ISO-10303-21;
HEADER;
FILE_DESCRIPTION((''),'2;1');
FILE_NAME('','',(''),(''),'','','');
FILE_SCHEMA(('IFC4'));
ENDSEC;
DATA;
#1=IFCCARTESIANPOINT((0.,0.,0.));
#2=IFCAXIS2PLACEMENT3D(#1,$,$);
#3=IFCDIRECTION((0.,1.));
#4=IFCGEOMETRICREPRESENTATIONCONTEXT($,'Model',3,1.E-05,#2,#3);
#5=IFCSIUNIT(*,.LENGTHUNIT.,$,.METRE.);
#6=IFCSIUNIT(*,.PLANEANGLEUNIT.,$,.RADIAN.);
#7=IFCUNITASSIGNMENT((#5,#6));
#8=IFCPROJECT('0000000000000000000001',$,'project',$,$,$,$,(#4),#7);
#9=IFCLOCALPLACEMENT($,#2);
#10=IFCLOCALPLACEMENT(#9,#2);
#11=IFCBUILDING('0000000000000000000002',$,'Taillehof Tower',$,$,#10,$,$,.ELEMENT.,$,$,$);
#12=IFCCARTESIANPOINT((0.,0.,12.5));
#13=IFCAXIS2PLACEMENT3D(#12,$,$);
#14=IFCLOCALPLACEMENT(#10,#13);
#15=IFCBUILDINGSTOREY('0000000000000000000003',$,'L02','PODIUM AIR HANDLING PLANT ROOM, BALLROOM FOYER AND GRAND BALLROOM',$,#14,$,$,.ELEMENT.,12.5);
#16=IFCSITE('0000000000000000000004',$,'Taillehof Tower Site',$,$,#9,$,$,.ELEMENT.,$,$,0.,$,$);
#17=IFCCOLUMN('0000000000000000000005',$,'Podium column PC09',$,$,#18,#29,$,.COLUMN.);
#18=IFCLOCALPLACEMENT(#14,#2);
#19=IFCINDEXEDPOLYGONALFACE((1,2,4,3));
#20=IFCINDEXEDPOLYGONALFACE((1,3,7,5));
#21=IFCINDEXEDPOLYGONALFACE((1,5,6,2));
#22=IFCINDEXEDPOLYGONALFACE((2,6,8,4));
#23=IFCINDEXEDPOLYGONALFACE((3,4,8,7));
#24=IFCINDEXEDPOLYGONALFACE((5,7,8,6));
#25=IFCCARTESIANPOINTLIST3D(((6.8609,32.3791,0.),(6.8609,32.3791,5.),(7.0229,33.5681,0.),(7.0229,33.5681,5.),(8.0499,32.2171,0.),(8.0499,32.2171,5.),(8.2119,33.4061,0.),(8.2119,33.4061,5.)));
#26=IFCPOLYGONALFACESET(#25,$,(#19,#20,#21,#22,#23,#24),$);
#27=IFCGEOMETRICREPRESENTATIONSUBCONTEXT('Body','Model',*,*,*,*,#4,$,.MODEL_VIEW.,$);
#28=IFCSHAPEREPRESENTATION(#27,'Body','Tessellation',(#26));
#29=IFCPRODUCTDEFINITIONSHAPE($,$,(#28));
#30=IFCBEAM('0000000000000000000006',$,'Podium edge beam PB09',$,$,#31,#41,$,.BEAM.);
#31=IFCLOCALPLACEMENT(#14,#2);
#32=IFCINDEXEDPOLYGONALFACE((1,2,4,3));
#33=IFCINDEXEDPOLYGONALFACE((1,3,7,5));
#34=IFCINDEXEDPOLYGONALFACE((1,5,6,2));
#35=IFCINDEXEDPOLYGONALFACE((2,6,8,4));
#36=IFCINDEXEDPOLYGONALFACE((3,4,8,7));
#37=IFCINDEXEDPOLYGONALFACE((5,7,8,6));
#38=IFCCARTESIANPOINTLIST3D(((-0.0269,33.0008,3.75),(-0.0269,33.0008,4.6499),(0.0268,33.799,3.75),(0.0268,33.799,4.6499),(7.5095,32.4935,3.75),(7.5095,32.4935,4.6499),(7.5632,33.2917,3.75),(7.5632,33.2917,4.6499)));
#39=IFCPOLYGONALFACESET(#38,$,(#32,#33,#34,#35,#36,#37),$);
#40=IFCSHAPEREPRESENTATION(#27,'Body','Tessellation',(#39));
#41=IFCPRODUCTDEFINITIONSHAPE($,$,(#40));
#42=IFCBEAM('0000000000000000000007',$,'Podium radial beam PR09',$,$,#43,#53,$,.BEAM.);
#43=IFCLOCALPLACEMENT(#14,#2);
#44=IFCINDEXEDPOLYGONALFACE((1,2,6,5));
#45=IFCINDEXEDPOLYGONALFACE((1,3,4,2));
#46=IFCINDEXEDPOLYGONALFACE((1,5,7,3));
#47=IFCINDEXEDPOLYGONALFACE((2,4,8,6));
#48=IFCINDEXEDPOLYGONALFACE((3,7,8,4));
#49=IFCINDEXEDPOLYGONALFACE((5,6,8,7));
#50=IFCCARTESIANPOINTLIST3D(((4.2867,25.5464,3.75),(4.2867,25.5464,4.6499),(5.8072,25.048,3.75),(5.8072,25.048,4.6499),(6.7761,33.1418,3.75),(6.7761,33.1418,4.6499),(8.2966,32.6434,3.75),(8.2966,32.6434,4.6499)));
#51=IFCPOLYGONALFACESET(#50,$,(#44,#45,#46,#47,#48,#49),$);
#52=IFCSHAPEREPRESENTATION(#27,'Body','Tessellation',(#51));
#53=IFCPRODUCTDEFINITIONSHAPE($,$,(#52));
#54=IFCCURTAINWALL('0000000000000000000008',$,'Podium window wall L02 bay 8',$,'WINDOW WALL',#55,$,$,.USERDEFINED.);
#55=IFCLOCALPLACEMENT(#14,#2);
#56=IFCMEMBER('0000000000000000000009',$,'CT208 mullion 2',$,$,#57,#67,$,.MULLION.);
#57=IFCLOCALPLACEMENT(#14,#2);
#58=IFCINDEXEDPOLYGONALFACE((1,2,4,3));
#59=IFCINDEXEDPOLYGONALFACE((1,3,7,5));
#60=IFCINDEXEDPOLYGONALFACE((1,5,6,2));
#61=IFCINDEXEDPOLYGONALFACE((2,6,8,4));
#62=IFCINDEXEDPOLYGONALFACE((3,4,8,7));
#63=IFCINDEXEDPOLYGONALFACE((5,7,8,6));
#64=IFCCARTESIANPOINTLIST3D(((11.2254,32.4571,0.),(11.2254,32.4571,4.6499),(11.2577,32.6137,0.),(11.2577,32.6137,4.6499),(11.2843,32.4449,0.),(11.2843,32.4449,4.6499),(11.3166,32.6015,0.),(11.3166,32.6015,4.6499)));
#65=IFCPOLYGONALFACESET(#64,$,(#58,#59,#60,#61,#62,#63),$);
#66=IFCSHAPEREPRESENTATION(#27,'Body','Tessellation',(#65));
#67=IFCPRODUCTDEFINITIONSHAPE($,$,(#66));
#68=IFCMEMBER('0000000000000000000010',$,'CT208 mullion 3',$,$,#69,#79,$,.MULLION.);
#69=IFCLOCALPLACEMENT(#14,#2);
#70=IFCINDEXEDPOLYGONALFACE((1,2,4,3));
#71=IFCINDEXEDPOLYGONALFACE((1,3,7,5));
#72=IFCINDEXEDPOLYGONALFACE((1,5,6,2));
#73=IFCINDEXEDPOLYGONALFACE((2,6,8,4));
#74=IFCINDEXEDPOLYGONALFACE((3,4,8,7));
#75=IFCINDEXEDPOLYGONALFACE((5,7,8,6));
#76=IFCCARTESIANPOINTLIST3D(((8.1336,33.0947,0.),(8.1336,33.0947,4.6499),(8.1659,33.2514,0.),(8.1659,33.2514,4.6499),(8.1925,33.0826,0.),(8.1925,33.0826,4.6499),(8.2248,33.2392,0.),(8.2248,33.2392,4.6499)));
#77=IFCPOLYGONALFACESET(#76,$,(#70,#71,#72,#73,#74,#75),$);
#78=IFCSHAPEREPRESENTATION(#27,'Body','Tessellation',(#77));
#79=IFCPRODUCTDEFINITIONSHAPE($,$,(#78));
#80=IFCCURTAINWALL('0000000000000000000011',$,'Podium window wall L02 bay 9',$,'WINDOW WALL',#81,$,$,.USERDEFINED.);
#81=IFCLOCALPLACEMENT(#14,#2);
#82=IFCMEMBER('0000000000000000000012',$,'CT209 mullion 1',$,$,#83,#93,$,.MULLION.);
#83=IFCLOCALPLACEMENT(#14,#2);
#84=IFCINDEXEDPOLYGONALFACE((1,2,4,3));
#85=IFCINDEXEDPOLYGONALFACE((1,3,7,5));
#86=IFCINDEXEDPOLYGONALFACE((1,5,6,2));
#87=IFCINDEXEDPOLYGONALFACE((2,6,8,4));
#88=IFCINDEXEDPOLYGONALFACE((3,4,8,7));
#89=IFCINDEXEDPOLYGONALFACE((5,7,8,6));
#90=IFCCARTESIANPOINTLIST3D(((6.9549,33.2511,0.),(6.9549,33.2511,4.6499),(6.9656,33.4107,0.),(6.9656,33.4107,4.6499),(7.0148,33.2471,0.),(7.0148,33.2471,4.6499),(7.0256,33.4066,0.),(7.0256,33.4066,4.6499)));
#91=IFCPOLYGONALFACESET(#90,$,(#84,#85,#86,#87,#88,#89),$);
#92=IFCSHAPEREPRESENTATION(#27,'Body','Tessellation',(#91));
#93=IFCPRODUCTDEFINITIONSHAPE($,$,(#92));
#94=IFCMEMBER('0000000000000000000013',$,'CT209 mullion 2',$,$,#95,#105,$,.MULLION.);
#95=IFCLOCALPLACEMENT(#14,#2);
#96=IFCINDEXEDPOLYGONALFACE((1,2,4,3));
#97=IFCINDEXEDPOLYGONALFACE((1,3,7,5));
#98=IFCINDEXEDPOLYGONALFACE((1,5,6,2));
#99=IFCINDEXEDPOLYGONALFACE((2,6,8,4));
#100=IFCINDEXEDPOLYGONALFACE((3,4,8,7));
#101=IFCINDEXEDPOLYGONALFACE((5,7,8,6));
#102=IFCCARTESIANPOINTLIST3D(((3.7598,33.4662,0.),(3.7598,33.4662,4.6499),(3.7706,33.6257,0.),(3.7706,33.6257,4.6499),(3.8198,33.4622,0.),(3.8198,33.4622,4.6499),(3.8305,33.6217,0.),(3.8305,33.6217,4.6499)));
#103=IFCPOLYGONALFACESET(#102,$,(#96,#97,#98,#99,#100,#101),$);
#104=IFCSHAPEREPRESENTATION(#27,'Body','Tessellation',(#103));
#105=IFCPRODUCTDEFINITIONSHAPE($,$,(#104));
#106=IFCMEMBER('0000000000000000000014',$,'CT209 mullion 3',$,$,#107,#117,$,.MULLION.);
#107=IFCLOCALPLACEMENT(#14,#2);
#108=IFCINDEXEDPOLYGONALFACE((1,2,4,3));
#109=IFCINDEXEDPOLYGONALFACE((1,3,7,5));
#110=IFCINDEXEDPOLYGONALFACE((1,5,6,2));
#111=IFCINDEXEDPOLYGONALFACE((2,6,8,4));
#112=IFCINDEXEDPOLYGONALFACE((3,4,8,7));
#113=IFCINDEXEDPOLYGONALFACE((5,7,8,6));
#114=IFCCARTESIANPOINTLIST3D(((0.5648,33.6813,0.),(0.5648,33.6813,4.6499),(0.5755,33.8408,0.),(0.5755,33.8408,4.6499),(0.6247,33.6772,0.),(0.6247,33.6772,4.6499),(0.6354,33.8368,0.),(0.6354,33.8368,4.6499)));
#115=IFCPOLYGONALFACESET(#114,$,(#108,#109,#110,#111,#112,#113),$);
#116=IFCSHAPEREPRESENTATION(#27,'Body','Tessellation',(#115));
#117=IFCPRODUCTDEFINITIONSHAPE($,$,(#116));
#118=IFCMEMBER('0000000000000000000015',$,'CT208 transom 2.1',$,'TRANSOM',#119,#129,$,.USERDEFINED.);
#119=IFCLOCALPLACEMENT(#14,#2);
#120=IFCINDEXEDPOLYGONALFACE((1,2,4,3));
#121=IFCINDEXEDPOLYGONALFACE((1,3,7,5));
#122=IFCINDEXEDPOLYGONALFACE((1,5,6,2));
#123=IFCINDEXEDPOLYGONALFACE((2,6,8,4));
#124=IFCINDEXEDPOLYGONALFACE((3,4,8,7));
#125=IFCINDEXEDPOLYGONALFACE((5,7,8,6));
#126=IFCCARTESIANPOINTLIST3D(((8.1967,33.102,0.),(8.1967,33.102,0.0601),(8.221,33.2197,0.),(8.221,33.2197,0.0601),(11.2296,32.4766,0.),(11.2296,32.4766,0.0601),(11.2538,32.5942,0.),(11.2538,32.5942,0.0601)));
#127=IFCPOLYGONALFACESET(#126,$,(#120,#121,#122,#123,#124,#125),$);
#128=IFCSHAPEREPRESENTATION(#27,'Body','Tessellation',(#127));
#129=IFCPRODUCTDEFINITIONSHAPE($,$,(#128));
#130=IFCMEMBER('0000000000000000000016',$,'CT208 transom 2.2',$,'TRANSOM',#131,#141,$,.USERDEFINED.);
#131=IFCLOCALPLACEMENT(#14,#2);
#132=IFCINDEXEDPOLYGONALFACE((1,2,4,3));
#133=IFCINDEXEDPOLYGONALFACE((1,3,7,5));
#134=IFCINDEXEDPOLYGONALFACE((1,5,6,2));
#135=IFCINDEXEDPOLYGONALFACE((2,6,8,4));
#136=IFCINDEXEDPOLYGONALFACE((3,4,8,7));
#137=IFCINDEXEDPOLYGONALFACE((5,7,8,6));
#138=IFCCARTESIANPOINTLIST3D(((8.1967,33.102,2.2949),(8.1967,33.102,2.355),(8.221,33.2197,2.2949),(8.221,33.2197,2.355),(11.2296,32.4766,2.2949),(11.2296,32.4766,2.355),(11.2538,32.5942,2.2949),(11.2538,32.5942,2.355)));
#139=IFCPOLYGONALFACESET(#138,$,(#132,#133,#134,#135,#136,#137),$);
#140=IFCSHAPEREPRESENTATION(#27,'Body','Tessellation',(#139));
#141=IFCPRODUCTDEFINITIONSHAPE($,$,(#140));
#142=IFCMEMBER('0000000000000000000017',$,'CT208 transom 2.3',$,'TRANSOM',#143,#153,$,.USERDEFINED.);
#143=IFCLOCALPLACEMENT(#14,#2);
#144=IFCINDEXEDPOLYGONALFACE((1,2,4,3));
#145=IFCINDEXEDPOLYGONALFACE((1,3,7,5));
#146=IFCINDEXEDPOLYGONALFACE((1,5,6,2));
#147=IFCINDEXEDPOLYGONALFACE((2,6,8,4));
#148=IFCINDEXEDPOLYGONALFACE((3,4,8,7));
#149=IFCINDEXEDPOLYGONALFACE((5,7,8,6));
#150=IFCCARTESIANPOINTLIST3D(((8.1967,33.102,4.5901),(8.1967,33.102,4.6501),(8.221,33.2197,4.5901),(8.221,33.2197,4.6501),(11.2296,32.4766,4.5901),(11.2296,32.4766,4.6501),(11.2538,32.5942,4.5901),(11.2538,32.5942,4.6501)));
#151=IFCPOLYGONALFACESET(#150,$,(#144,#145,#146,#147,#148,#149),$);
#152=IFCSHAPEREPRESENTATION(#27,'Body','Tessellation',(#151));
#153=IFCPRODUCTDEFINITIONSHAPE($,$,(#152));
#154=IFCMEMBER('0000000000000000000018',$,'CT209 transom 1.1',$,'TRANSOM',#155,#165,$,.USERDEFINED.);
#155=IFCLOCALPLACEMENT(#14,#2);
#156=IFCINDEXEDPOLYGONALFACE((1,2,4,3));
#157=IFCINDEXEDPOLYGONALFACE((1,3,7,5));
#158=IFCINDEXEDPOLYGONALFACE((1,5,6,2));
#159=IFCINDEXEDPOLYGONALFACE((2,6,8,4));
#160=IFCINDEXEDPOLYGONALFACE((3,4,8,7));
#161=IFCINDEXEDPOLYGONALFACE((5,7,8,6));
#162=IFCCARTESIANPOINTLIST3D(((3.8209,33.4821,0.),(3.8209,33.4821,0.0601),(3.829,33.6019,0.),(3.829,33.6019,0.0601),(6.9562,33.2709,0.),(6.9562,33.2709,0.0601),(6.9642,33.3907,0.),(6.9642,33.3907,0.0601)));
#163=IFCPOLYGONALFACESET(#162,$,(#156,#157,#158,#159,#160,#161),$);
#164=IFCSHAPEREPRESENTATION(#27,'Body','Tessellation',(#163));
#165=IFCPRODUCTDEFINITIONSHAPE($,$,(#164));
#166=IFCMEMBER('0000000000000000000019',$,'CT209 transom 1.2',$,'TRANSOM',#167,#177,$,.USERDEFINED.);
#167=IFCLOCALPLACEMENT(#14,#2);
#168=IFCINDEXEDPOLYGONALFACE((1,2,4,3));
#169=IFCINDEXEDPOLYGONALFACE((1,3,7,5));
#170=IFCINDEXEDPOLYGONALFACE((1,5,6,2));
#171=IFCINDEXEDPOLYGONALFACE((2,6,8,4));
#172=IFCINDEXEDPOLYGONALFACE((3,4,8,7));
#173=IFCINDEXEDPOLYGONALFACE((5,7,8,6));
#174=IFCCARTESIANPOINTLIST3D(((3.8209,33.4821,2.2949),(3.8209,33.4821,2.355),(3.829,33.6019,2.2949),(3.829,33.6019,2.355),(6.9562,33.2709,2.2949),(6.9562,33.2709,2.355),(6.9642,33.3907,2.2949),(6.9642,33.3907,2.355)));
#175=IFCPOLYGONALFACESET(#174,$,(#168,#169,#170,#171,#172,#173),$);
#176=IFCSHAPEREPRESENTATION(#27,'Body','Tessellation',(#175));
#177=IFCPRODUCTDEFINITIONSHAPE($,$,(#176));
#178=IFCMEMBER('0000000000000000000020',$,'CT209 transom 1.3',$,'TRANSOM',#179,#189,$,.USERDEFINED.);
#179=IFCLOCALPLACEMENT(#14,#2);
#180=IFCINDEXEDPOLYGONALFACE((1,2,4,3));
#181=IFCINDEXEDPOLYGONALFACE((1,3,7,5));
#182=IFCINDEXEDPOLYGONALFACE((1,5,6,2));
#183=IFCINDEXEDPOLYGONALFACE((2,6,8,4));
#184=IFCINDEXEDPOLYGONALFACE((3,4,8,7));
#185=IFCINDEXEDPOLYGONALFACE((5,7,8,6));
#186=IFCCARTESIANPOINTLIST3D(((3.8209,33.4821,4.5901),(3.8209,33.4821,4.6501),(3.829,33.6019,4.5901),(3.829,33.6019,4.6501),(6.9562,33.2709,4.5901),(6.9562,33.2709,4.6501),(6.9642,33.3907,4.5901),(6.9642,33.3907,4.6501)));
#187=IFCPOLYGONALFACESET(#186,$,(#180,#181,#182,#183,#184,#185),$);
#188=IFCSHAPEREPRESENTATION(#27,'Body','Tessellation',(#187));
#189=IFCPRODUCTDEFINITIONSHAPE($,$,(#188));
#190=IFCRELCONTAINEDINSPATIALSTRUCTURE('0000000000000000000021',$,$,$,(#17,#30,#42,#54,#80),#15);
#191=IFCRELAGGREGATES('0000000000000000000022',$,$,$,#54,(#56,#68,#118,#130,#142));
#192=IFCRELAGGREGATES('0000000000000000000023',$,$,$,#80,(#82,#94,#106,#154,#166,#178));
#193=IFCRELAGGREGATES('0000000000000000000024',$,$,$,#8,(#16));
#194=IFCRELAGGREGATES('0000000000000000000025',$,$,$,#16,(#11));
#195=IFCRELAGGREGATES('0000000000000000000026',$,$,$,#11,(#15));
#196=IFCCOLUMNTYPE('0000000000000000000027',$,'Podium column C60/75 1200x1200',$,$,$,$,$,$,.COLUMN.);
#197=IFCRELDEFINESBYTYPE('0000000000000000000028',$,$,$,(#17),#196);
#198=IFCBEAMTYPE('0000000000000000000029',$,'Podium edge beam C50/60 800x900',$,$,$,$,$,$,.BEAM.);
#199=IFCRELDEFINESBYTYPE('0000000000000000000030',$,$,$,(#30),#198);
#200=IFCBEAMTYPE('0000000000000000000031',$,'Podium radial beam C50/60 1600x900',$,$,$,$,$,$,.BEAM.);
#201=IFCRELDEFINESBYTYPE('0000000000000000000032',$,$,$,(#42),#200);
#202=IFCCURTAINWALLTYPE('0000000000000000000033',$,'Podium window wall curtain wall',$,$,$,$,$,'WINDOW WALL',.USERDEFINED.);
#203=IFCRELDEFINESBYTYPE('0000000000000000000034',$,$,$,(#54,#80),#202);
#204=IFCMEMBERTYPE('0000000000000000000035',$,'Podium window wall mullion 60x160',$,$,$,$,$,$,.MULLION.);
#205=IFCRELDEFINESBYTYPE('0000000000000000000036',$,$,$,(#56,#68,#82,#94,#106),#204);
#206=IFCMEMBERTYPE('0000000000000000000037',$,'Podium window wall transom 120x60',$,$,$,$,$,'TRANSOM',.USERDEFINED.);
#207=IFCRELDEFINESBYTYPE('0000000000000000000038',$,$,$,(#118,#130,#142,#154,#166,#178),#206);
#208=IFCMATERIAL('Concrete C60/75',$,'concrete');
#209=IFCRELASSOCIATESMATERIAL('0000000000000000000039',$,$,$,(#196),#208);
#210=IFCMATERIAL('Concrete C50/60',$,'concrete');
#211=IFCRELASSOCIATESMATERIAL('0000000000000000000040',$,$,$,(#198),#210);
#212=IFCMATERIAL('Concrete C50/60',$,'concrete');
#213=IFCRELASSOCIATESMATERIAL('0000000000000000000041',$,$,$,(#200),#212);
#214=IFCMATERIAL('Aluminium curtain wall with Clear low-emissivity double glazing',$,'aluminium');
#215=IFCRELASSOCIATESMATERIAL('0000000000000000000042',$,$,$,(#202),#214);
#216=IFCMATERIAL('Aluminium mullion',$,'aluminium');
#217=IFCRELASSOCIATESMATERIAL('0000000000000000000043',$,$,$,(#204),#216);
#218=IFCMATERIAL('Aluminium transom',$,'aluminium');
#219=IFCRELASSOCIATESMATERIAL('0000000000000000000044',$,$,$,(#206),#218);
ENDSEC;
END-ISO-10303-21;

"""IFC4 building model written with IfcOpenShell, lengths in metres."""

from ifc_helpers import new_model, si_unit, direction, frame, origin, origin_2d, place, context, subcontext, project, spatial, rectangle, extrude, material, material_profile, profile_set, type_object, element, aggregate, save


model = new_model("IFC4")

# Units and contexts
model_context = context("Model", 3, precision=1e-05, world=origin(), true_north=direction((0.0, 1.0)))
body_context = subcontext(model_context, "Body", "Model", "MODEL_VIEW")
ifc_project = project(units=[si_unit("LENGTHUNIT", "METRE"), si_unit("PLANEANGLEUNIT", "RADIAN")], contexts=[model_context])

# Site, building, storey
site_placement = place(None, origin())
site = spatial("IfcSite", under=ifc_project, at=site_placement, Name="Taillehof Tower Site", CompositionType="ELEMENT", RefElevation=0.0)
building_placement = place(site_placement, origin())
building = spatial("IfcBuilding", under=site, at=building_placement, Name="Taillehof Tower", CompositionType="ELEMENT")
storey_placement = place(building_placement, frame((0.0, 0.0, 12.5)))
storey = spatial("IfcBuildingStorey", under=building, at=storey_placement, Name="L02", Description="PODIUM AIR HANDLING PLANT ROOM, BALLROOM FOYER AND GRAND BALLROOM", CompositionType="ELEMENT", Elevation=12.5)

# Column
ifc_material_1 = material(Name="Concrete C60/75", Category="concrete")
ifc_material_profile_1 = material_profile(ifc_material_1, rectangle(XDim=1.2, YDim=1.2, at=origin_2d()), Name="RC 1200x1200")
ifc_profile_set_1 = profile_set([ifc_material_profile_1], Name="Concrete C60/75")
column_type = type_object("IfcColumnType", Name="Podium column C60/75 1200x1200", PredefinedType="COLUMN", material=ifc_profile_set_1)
column_placement = place(storey_placement, frame((7.5364, 32.8926, 0.0), z_axis=(0.0, 0.0, 1.0), x_axis=(0.135005, 0.990845, 0.0)))
element("IfcColumn", 1, at=column_placement, inside=storey, type_object=column_type, Name="Podium column PC09", PredefinedType="COLUMN", context=body_context, shape_type="SweptSolid", body=[
    extrude(rectangle(XDim=1.2, YDim=1.2, at=origin_2d()), origin(), (0.0, 0.0, 1.0), 5.0),
])

# Beams
ifc_material_2 = material(Name="Concrete C50/60", Category="concrete")
ifc_material_profile_2 = material_profile(ifc_material_2, rectangle(XDim=0.8, YDim=0.8999, at=origin_2d()), Name="RC 800x900")
ifc_profile_set_2 = profile_set([ifc_material_profile_2], Name="Concrete C50/60")
beam_type_1 = type_object("IfcBeamType", Name="Podium edge beam C50/60 800x900", PredefinedType="BEAM", material=ifc_profile_set_2)
beam_1_placement = place(storey_placement, frame((7.5364, 32.8926, 4.2), z_axis=(-0.997742, 0.067165, 0.0), x_axis=(-0.067165, -0.997742, 0.0)))
element("IfcBeam", 2, at=beam_1_placement, inside=storey, type_object=beam_type_1, Name="Podium edge beam PB09", PredefinedType="BEAM", context=body_context, shape_type="SweptSolid", body=[
    extrude(rectangle(XDim=0.8, YDim=0.8999, at=origin_2d()), origin(), (0.0, 0.0, 1.0), 7.5535),
])
ifc_material_3 = material(Name="Concrete C50/60", Category="concrete")
ifc_material_profile_3 = material_profile(ifc_material_3, rectangle(XDim=1.6001, YDim=0.8999, at=origin_2d()), Name="RC 1600x900")
ifc_profile_set_3 = profile_set([ifc_material_profile_3], Name="Concrete C50/60")
beam_type_2 = type_object("IfcBeamType", Name="Podium radial beam C50/60 1600x900", PredefinedType="BEAM", material=ifc_profile_set_3)
beam_2_placement = place(storey_placement, frame((7.5364, 32.8926, 4.2), z_axis=(-0.311459, -0.95026, 0.0), x_axis=(0.95026, -0.311459, 0.0)))
element("IfcBeam", 3, at=beam_2_placement, inside=storey, type_object=beam_type_2, Name="Podium radial beam PR09", PredefinedType="BEAM", context=body_context, shape_type="SweptSolid", body=[
    extrude(rectangle(XDim=1.6001, YDim=0.8999, at=origin_2d()), origin(), (0.0, 0.0, 1.0), 7.9929),
])

# Curtain walls, members
ifc_material_4 = material(Name="Aluminium curtain wall with Clear low-emissivity double glazing", Category="aluminium")
curtain_wall_type = type_object("IfcCurtainWallType", Name="Podium window wall curtain wall", ElementType="WINDOW WALL", PredefinedType="USERDEFINED", material=ifc_material_4)
curtain_wall_1_placement = place(storey_placement, origin())
curtain_wall_1 = element("IfcCurtainWall", 4, at=curtain_wall_1_placement, inside=storey, type_object=curtain_wall_type, Name="Podium window wall L02 bay 8", ObjectType="WINDOW WALL", PredefinedType="USERDEFINED")
ifc_material_5 = material(Name="Aluminium mullion", Category="aluminium")
ifc_material_profile_4 = material_profile(ifc_material_5, rectangle(XDim=0.1599, YDim=0.0601, at=origin_2d()), Name="AL 60x160")
ifc_profile_set_4 = profile_set([ifc_material_profile_4], Name="Aluminium mullion")
member_type_1 = type_object("IfcMemberType", Name="Podium window wall mullion 60x160", PredefinedType="MULLION", material=ifc_profile_set_4)
member_1_placement = place(storey_placement, frame((11.271, 32.5293, 0.0), z_axis=(0.0, 0.0, 1.0), x_axis=(-0.201976, -0.97939, 0.0)))
member_1 = element("IfcMember", 5, at=member_1_placement, type_object=member_type_1, Name="CT208 mullion 2", PredefinedType="MULLION", context=body_context, shape_type="SweptSolid", body=[
    extrude(rectangle(XDim=0.1599, YDim=0.0601, at=origin_2d()), origin(), (0.0, 0.0, 1.0), 4.6499),
])
member_2_placement = place(storey_placement, frame((8.1792, 33.167, 0.0), z_axis=(0.0, 0.0, 1.0), x_axis=(-0.201976, -0.97939, 0.0)))
member_2 = element("IfcMember", 6, at=member_2_placement, type_object=member_type_1, Name="CT208 mullion 3", PredefinedType="MULLION", context=body_context, shape_type="SweptSolid", body=[
    extrude(rectangle(XDim=0.1599, YDim=0.0601, at=origin_2d()), origin(), (0.0, 0.0, 1.0), 4.6499),
])
curtain_wall_2_placement = place(storey_placement, origin())
curtain_wall_2 = element("IfcCurtainWall", 7, at=curtain_wall_2_placement, inside=storey, type_object=curtain_wall_type, Name="Podium window wall L02 bay 9", ObjectType="WINDOW WALL", PredefinedType="USERDEFINED")
member_3_placement = place(storey_placement, frame((6.9902, 33.3289, 0.0), z_axis=(0.0, 0.0, 1.0), x_axis=(-0.067183, -0.997741, 0.0)))
member_3 = element("IfcMember", 8, at=member_3_placement, type_object=member_type_1, Name="CT209 mullion 1", PredefinedType="MULLION", context=body_context, shape_type="SweptSolid", body=[
    extrude(rectangle(XDim=0.1599, YDim=0.0601, at=origin_2d()), origin(), (0.0, 0.0, 1.0), 4.6499),
])
member_4_placement = place(storey_placement, frame((3.7952, 33.5439, 0.0), z_axis=(0.0, 0.0, 1.0), x_axis=(-0.067183, -0.997741, 0.0)))
member_4 = element("IfcMember", 9, at=member_4_placement, type_object=member_type_1, Name="CT209 mullion 2", PredefinedType="MULLION", context=body_context, shape_type="SweptSolid", body=[
    extrude(rectangle(XDim=0.1599, YDim=0.0601, at=origin_2d()), origin(), (0.0, 0.0, 1.0), 4.6499),
])
member_5_placement = place(storey_placement, frame((0.6001, 33.759, 0.0), z_axis=(0.0, 0.0, 1.0), x_axis=(-0.067183, -0.997741, 0.0)))
member_5 = element("IfcMember", 10, at=member_5_placement, type_object=member_type_1, Name="CT209 mullion 3", PredefinedType="MULLION", context=body_context, shape_type="SweptSolid", body=[
    extrude(rectangle(XDim=0.1599, YDim=0.0601, at=origin_2d()), origin(), (0.0, 0.0, 1.0), 4.6499),
])

# Members
ifc_material_6 = material(Name="Aluminium transom", Category="aluminium")
ifc_material_profile_5 = material_profile(ifc_material_6, rectangle(XDim=0.1201, YDim=0.0601, at=origin_2d()), Name="AL 120x60")
ifc_profile_set_5 = profile_set([ifc_material_profile_5], Name="Aluminium transom")
member_type_2 = type_object("IfcMemberType", Name="Podium window wall transom 120x60", ElementType="TRANSOM", PredefinedType="USERDEFINED", material=ifc_profile_set_5)
member_6_placement = place(storey_placement, frame((11.2417, 32.5354, 0.03), z_axis=(-0.97939, 0.20198, 0.0), x_axis=(-0.20198, -0.97939, 0.0)))
member_6 = element("IfcMember", 11, at=member_6_placement, type_object=member_type_2, Name="CT208 transom 2.1", ObjectType="TRANSOM", PredefinedType="USERDEFINED", context=body_context, shape_type="SweptSolid", body=[
    extrude(rectangle(XDim=0.1201, YDim=0.0601, at=origin_2d()), origin(), (0.0, 0.0, 1.0), 3.0967),
])
member_7_placement = place(storey_placement, frame((11.2417, 32.5354, 2.325), z_axis=(-0.97939, 0.20198, 0.0), x_axis=(-0.20198, -0.97939, 0.0)))
member_7 = element("IfcMember", 12, at=member_7_placement, type_object=member_type_2, Name="CT208 transom 2.2", ObjectType="TRANSOM", PredefinedType="USERDEFINED", context=body_context, shape_type="SweptSolid", body=[
    extrude(rectangle(XDim=0.1201, YDim=0.0601, at=origin_2d()), origin(), (0.0, 0.0, 1.0), 3.0967),
])
member_8_placement = place(storey_placement, frame((11.2417, 32.5354, 4.6201), z_axis=(-0.97939, 0.20198, 0.0), x_axis=(-0.20198, -0.97939, 0.0)))
member_8 = element("IfcMember", 13, at=member_8_placement, type_object=member_type_2, Name="CT208 transom 2.3", ObjectType="TRANSOM", PredefinedType="USERDEFINED", context=body_context, shape_type="SweptSolid", body=[
    extrude(rectangle(XDim=0.1201, YDim=0.0601, at=origin_2d()), origin(), (0.0, 0.0, 1.0), 3.0967),
])
member_9_placement = place(storey_placement, frame((6.9602, 33.3308, 0.03), z_axis=(-0.997739, 0.067205, 0.0), x_axis=(-0.067205, -0.997739, 0.0)))
member_9 = element("IfcMember", 14, at=member_9_placement, type_object=member_type_2, Name="CT209 transom 1.1", ObjectType="TRANSOM", PredefinedType="USERDEFINED", context=body_context, shape_type="SweptSolid", body=[
    extrude(rectangle(XDim=0.1201, YDim=0.0601, at=origin_2d()), origin(), (0.0, 0.0, 1.0), 3.1423),
])
member_10_placement = place(storey_placement, frame((6.9602, 33.3308, 2.325), z_axis=(-0.997739, 0.067205, 0.0), x_axis=(-0.067205, -0.997739, 0.0)))
member_10 = element("IfcMember", 15, at=member_10_placement, type_object=member_type_2, Name="CT209 transom 1.2", ObjectType="TRANSOM", PredefinedType="USERDEFINED", context=body_context, shape_type="SweptSolid", body=[
    extrude(rectangle(XDim=0.1201, YDim=0.0601, at=origin_2d()), origin(), (0.0, 0.0, 1.0), 3.1423),
])
member_11_placement = place(storey_placement, frame((6.9602, 33.3308, 4.6201), z_axis=(-0.997739, 0.067205, 0.0), x_axis=(-0.067205, -0.997739, 0.0)))
member_11 = element("IfcMember", 16, at=member_11_placement, type_object=member_type_2, Name="CT209 transom 1.3", ObjectType="TRANSOM", PredefinedType="USERDEFINED", context=body_context, shape_type="SweptSolid", body=[
    extrude(rectangle(XDim=0.1201, YDim=0.0601, at=origin_2d()), origin(), (0.0, 0.0, 1.0), 3.1423),
])

aggregate(curtain_wall_1, [member_1, member_2, member_6, member_7, member_8])
aggregate(curtain_wall_2, [member_3, member_4, member_5, member_9, member_10, member_11])

save(model, "model.ifc")
